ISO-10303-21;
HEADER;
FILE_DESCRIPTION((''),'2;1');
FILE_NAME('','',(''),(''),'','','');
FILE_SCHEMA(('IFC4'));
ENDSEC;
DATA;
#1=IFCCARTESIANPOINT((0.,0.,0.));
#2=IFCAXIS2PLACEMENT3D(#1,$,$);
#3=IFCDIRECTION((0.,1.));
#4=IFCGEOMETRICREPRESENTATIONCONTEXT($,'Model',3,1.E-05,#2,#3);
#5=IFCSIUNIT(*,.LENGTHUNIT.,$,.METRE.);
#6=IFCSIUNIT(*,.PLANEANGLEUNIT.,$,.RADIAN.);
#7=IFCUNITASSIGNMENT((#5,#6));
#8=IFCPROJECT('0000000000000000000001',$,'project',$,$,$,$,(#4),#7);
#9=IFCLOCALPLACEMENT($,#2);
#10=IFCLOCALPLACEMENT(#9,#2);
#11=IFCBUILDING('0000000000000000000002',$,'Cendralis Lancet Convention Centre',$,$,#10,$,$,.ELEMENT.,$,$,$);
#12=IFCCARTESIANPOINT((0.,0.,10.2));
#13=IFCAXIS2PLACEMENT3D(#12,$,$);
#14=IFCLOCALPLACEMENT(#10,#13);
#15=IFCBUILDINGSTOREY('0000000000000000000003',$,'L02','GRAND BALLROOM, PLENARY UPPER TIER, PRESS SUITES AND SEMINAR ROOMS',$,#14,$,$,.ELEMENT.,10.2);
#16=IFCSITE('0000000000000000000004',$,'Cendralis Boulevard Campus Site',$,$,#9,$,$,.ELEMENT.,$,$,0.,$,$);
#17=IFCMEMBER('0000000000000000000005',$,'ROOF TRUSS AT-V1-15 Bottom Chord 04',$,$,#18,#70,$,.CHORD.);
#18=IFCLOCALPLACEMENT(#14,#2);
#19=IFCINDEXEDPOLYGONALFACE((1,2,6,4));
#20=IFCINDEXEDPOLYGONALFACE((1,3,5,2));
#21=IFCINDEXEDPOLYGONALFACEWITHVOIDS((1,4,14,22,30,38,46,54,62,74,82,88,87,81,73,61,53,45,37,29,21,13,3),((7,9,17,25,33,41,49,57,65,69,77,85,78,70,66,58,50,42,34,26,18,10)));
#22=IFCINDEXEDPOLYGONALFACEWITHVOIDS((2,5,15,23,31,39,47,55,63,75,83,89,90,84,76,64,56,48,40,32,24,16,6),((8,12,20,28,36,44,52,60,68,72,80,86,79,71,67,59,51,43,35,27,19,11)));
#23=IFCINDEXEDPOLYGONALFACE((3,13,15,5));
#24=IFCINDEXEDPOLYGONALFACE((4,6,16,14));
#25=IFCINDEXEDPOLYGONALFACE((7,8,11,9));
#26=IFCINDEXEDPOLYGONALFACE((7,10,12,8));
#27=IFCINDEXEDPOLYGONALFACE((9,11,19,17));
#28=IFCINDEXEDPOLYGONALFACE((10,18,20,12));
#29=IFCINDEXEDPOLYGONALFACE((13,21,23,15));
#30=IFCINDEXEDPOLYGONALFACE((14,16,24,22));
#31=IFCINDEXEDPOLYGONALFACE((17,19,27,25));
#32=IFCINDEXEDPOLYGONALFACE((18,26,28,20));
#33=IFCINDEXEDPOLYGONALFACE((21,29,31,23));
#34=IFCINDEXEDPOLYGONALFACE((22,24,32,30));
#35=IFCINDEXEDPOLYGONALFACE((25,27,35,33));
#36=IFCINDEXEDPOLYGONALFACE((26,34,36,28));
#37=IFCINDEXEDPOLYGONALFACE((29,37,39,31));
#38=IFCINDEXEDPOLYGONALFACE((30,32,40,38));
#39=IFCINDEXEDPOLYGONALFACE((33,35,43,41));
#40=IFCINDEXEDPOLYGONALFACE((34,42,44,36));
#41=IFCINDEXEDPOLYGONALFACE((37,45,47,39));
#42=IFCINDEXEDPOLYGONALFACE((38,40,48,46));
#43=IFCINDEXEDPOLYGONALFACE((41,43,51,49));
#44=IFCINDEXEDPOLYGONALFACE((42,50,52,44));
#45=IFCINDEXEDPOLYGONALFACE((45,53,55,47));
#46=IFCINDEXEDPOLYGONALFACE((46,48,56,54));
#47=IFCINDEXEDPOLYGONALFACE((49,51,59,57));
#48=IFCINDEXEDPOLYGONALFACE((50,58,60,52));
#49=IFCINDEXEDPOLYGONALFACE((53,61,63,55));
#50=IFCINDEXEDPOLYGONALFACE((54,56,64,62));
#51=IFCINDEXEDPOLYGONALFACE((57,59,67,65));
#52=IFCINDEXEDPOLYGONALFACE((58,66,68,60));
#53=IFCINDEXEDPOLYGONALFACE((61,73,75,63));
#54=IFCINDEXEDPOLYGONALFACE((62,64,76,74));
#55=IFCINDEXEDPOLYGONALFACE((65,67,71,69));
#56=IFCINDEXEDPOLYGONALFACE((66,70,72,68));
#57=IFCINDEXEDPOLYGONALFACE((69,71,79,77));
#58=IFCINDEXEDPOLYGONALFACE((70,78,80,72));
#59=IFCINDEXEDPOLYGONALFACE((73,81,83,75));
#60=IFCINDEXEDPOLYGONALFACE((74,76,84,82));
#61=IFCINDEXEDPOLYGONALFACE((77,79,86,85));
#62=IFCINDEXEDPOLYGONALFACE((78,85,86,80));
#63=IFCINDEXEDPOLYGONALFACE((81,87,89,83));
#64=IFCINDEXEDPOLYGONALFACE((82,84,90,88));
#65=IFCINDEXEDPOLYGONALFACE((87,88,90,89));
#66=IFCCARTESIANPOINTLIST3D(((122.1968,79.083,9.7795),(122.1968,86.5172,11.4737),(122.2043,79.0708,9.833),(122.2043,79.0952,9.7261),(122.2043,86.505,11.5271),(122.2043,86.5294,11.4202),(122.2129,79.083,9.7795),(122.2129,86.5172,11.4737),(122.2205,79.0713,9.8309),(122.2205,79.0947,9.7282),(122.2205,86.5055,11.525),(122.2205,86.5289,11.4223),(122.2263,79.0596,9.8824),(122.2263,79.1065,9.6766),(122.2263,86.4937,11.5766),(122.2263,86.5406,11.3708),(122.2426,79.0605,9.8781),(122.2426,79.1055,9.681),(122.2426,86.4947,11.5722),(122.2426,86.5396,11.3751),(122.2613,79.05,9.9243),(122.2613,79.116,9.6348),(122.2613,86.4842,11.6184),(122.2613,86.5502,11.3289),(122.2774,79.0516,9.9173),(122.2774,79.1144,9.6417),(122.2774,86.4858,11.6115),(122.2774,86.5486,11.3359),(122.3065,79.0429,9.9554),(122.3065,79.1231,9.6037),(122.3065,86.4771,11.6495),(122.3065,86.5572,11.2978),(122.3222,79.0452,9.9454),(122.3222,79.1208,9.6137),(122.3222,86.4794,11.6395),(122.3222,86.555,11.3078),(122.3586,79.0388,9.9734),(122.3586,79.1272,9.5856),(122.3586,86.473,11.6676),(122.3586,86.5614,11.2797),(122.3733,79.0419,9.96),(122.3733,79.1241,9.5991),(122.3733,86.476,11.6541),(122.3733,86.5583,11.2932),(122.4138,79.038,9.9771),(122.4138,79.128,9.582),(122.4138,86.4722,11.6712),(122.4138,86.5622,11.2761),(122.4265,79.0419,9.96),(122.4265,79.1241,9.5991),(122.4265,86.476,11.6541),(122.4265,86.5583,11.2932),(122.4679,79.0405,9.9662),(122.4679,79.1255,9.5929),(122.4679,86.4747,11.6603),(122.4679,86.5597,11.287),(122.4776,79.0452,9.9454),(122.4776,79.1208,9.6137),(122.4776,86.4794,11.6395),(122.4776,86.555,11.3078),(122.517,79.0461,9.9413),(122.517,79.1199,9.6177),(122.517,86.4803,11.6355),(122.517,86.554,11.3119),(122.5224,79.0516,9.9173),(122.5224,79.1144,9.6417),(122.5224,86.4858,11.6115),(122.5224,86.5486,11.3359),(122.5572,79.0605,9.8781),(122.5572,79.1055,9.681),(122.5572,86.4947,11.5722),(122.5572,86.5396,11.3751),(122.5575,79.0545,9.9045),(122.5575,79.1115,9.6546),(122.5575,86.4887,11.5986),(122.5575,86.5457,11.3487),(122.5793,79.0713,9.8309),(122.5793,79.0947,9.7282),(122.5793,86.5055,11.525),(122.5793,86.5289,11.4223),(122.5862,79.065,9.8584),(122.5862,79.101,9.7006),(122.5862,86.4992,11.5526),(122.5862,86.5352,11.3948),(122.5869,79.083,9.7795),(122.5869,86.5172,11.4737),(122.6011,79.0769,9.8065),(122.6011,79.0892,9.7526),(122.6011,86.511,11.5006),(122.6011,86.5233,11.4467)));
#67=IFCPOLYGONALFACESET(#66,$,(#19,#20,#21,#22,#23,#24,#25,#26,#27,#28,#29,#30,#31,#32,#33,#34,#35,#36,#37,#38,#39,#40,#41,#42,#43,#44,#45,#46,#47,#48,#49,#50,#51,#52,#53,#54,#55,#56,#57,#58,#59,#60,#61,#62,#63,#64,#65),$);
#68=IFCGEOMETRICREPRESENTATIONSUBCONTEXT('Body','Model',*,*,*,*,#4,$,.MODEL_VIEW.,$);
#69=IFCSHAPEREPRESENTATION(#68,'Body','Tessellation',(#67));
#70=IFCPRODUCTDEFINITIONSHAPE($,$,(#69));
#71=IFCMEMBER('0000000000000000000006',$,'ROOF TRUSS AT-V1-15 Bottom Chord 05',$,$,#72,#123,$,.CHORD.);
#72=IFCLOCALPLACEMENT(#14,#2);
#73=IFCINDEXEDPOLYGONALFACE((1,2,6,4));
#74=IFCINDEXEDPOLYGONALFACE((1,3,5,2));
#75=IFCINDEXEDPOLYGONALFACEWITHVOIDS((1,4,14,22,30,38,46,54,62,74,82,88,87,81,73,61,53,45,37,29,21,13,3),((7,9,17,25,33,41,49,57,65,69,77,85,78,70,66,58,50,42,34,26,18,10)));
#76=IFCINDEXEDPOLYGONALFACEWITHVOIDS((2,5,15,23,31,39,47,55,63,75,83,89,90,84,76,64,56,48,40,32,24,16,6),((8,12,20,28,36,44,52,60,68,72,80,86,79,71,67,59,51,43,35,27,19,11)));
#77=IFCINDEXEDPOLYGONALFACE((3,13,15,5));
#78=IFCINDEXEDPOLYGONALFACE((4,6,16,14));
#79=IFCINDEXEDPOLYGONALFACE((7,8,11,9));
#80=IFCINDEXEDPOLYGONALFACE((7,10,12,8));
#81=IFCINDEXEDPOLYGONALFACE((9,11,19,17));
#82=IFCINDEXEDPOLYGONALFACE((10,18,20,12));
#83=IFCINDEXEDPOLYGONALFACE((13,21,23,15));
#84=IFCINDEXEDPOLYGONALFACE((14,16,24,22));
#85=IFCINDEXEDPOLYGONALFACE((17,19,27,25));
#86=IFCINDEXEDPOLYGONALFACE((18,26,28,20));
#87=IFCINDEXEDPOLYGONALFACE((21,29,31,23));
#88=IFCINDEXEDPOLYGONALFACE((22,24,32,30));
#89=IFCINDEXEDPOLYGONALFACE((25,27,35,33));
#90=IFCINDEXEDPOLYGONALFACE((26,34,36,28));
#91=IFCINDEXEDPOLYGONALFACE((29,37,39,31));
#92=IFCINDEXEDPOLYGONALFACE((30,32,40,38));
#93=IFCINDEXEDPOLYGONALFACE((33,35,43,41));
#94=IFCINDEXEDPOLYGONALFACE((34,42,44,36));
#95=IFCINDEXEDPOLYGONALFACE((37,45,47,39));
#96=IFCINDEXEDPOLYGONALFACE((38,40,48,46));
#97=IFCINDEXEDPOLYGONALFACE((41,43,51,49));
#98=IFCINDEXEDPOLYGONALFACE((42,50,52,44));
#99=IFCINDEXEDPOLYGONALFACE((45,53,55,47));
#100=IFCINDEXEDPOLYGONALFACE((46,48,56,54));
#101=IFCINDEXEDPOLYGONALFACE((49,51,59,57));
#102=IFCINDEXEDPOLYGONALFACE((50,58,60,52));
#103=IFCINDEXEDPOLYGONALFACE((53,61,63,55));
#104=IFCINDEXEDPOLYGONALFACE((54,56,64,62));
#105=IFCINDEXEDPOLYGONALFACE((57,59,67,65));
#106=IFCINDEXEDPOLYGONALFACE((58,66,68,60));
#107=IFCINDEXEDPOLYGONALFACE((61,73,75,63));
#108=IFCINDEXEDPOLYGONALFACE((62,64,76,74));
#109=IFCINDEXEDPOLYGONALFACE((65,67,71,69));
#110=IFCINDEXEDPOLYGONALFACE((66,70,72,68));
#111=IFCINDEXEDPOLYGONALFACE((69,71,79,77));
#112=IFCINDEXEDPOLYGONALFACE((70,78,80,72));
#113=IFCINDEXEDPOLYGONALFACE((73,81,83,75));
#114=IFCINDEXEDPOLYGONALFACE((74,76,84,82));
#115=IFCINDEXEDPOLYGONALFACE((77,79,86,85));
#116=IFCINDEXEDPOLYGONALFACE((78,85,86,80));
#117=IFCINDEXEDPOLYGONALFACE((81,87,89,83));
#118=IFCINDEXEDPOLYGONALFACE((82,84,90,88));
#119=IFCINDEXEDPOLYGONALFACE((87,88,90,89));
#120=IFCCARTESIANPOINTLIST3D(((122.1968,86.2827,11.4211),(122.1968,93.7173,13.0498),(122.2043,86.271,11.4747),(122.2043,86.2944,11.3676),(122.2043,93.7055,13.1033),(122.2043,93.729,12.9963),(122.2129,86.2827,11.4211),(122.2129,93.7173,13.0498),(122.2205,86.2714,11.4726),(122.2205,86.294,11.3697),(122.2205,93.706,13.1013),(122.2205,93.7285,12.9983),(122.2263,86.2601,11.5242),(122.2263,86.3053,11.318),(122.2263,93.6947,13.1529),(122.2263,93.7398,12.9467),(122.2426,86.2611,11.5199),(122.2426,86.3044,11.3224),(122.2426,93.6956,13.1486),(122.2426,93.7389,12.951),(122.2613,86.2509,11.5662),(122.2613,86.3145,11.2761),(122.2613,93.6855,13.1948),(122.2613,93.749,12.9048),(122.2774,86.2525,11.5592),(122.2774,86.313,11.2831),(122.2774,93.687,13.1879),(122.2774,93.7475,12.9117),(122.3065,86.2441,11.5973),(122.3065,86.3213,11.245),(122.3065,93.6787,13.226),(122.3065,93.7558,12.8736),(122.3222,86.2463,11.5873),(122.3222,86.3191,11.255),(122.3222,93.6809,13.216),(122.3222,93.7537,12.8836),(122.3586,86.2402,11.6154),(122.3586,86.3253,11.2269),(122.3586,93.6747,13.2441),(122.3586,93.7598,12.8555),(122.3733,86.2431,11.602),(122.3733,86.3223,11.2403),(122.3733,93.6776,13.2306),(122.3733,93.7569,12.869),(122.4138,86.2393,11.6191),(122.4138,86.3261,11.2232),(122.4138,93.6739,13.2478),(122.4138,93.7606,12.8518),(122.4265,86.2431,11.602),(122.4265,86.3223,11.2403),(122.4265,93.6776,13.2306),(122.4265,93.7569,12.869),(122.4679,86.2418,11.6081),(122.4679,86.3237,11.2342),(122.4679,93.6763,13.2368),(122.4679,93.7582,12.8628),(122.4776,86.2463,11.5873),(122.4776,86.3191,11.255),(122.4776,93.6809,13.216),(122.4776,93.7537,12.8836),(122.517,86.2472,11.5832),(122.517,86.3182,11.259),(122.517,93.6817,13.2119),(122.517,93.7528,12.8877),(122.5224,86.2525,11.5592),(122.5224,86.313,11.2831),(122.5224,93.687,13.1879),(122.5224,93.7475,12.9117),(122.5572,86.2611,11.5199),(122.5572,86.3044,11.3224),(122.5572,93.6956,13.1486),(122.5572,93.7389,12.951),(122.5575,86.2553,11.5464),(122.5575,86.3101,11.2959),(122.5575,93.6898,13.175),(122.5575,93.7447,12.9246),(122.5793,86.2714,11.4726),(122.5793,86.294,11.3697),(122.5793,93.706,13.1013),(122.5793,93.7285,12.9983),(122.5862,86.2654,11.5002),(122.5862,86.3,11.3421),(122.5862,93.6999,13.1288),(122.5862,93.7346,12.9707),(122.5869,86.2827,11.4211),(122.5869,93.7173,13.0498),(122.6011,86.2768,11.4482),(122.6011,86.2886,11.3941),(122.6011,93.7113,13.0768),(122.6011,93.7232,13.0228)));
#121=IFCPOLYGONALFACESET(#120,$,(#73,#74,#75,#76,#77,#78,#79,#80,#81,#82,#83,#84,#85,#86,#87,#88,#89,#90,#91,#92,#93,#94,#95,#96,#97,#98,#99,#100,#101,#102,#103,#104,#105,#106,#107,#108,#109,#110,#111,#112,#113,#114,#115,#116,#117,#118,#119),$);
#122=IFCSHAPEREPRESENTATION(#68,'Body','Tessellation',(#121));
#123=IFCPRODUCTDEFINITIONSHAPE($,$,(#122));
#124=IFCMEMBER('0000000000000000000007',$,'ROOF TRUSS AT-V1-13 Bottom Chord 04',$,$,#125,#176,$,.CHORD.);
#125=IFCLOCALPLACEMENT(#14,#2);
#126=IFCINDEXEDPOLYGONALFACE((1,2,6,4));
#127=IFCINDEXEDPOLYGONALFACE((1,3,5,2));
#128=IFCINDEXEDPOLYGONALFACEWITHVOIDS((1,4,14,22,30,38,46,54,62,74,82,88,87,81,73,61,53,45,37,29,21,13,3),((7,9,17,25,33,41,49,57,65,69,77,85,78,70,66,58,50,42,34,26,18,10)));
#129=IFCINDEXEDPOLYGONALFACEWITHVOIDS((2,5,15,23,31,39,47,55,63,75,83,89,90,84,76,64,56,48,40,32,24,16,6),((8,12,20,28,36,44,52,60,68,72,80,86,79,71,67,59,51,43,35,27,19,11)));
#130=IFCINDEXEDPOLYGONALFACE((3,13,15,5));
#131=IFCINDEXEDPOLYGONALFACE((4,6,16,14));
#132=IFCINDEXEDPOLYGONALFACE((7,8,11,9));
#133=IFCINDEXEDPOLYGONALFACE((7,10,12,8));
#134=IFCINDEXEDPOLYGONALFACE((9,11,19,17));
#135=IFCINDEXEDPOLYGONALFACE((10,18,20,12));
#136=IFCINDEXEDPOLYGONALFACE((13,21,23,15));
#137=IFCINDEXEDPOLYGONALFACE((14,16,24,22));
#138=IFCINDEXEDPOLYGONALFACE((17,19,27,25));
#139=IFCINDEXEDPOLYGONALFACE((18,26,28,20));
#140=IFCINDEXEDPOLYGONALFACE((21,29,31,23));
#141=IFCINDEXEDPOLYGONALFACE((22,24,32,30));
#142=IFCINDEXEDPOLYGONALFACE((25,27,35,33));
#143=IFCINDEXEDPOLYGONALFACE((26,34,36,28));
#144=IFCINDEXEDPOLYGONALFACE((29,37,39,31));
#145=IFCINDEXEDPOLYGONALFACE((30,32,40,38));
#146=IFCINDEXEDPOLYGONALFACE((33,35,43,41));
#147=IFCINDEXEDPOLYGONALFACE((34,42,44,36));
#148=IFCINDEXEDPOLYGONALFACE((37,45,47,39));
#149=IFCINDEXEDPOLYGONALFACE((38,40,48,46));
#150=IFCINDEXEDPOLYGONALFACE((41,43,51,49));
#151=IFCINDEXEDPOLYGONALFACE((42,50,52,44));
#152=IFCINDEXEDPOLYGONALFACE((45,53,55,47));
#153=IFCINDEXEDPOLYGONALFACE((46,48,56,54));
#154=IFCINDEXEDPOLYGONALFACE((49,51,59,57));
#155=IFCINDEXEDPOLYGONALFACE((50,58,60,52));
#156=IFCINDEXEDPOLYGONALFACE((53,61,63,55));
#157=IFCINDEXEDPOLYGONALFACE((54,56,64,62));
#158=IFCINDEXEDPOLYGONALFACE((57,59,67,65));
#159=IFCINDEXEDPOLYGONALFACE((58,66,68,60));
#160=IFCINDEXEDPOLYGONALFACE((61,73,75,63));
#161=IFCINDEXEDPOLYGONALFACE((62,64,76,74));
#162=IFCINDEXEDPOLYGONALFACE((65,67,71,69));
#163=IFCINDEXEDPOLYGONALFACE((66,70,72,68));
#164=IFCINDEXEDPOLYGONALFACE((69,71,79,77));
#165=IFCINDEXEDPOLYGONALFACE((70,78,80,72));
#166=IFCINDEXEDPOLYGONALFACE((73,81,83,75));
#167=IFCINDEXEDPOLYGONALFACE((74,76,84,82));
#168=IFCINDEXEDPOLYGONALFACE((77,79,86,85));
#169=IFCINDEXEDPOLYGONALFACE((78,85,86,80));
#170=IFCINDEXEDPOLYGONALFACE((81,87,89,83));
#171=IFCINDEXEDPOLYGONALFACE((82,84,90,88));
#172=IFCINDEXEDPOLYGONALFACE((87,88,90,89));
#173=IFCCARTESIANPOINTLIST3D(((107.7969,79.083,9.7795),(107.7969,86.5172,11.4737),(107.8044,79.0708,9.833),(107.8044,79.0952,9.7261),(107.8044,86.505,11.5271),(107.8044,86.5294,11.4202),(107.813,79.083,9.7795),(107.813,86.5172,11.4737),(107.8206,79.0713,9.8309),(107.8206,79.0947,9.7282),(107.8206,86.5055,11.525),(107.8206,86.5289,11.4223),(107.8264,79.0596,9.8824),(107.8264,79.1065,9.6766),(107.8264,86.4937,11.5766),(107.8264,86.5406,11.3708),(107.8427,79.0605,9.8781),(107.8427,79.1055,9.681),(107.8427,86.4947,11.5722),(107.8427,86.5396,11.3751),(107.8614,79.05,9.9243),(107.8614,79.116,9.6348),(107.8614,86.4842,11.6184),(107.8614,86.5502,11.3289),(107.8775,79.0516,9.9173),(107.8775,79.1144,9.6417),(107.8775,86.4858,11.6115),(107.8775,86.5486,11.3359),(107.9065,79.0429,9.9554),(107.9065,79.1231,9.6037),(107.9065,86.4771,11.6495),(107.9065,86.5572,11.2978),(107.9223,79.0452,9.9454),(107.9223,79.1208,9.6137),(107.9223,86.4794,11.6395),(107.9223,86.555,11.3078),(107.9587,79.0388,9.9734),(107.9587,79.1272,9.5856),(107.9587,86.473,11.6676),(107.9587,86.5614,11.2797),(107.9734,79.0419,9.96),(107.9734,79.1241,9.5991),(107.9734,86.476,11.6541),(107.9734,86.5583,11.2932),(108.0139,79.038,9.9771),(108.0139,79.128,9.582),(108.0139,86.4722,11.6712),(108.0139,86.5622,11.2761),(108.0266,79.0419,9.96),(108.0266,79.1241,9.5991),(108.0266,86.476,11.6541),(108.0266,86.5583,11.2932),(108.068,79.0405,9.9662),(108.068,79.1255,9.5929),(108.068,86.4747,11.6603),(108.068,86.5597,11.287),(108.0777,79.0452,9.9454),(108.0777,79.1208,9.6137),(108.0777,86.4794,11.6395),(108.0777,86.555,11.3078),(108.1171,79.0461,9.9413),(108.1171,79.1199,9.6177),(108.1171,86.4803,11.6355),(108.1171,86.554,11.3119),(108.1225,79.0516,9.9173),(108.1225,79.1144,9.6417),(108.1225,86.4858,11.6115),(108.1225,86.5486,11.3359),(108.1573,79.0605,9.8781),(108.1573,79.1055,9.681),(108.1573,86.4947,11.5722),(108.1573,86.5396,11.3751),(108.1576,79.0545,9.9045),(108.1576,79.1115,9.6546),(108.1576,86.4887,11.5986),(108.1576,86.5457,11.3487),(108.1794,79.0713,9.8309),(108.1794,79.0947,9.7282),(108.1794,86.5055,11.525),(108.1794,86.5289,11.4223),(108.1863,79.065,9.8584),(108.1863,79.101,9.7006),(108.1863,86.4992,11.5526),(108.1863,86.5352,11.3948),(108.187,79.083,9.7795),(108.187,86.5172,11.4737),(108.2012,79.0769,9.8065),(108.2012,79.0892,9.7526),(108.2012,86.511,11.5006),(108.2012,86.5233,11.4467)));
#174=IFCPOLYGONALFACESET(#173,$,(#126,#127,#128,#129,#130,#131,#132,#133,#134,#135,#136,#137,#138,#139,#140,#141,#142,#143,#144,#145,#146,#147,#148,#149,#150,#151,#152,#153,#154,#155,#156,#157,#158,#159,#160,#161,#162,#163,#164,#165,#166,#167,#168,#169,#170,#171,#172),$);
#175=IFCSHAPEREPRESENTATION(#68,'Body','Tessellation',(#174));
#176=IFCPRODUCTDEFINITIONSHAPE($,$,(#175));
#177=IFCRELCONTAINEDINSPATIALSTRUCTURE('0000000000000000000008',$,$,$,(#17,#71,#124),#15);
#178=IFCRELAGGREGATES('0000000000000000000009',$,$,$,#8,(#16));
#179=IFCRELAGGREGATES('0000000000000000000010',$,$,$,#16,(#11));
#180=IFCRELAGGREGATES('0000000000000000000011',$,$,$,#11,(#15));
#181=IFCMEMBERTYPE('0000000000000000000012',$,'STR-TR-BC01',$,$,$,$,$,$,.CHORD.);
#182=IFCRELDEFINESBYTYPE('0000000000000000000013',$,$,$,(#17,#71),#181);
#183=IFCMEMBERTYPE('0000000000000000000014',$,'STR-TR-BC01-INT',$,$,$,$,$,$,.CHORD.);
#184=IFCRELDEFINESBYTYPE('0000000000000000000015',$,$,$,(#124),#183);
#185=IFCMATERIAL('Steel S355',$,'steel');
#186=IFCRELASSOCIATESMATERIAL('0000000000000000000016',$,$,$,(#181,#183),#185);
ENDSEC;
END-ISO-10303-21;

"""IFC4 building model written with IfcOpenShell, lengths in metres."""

from ifc_helpers import new_model, si_unit, direction, frame, origin, origin_2d, place, context, subcontext, project, spatial, hollow_circle, extrude, material, material_profile, profile_set, type_object, element, save


model = new_model("IFC4")

# Units and contexts
model_context = context("Model", 3, precision=1e-05, world=origin(), true_north=direction((0.0, 1.0)))
body_context = subcontext(model_context, "Body", "Model", "MODEL_VIEW")
ifc_project = project(units=[si_unit("LENGTHUNIT", "METRE"), si_unit("PLANEANGLEUNIT", "RADIAN")], contexts=[model_context])

# Site, building, storey
site_placement = place(None, origin())
site = spatial("IfcSite", under=ifc_project, at=site_placement, Name="Cendralis Boulevard Campus Site", CompositionType="ELEMENT", RefElevation=0.0)
building_placement = place(site_placement, origin())
building = spatial("IfcBuilding", under=site, at=building_placement, Name="Cendralis Lancet Convention Centre", CompositionType="ELEMENT")
storey_placement = place(building_placement, frame((0.0, 0.0, 10.2)))
storey = spatial("IfcBuildingStorey", under=building, at=storey_placement, Name="L02", Description="GRAND BALLROOM, PLENARY UPPER TIER, PRESS SUITES AND SEMINAR ROOMS", CompositionType="ELEMENT", Elevation=10.2)

# Members
ifc_material = material(Name="Steel S355", Category="steel")
ifc_material_profile_1 = material_profile(ifc_material, hollow_circle(Radius=0.2031, WallThickness=0.0161, at=origin_2d()), Name="CHS 406.4x16.0")
ifc_profile_set_1 = profile_set([ifc_material_profile_1], Name="Steel S355")
member_type_1 = type_object("IfcMemberType", Name="STR-TR-BC01", PredefinedType="CHORD", material=ifc_profile_set_1)
member_1_placement = place(storey_placement, frame((122.3999, 79.083, 9.7795), z_axis=(0.0, 0.975004, 0.222186), x_axis=(-1.0, 0.0, 0.0)))
element("IfcMember", 1, at=member_1_placement, inside=storey, type_object=member_type_1, Name="ROOF TRUSS AT-V1-15 Bottom Chord 04", PredefinedType="CHORD", context=body_context, shape_type="SweptSolid", body=[
    extrude(hollow_circle(Radius=0.2031, WallThickness=0.0161, at=origin_2d()), origin(), (0.0, 0.0, 1.0), 7.6248),
])
member_2_placement = place(storey_placement, frame((122.3999, 86.2827, 11.4211), z_axis=(0.0, 0.976836, 0.213992), x_axis=(-1.0, 0.0, 0.0)))
element("IfcMember", 2, at=member_2_placement, inside=storey, type_object=member_type_1, Name="ROOF TRUSS AT-V1-15 Bottom Chord 05", PredefinedType="CHORD", context=body_context, shape_type="SweptSolid", body=[
    extrude(hollow_circle(Radius=0.2031, WallThickness=0.0161, at=origin_2d()), origin(), (0.0, 0.0, 1.0), 7.6108),
])
ifc_material_profile_2 = material_profile(ifc_material, hollow_circle(Radius=0.2031, WallThickness=0.0161, at=origin_2d()), Name="CHS 406.4x16.0")
ifc_profile_set_2 = profile_set([ifc_material_profile_2], Name="Steel S355")
member_type_2 = type_object("IfcMemberType", Name="STR-TR-BC01-INT", PredefinedType="CHORD", material=ifc_profile_set_2)
member_3_placement = place(storey_placement, frame((108.0, 79.083, 9.7795), z_axis=(0.0, 0.975004, 0.222186), x_axis=(-1.0, 0.0, 0.0)))
element("IfcMember", 3, at=member_3_placement, inside=storey, type_object=member_type_2, Name="ROOF TRUSS AT-V1-13 Bottom Chord 04", PredefinedType="CHORD", context=body_context, shape_type="SweptSolid", body=[
    extrude(hollow_circle(Radius=0.2031, WallThickness=0.0161, at=origin_2d()), origin(), (0.0, 0.0, 1.0), 7.6248),
])

save(model, "model.ifc")
